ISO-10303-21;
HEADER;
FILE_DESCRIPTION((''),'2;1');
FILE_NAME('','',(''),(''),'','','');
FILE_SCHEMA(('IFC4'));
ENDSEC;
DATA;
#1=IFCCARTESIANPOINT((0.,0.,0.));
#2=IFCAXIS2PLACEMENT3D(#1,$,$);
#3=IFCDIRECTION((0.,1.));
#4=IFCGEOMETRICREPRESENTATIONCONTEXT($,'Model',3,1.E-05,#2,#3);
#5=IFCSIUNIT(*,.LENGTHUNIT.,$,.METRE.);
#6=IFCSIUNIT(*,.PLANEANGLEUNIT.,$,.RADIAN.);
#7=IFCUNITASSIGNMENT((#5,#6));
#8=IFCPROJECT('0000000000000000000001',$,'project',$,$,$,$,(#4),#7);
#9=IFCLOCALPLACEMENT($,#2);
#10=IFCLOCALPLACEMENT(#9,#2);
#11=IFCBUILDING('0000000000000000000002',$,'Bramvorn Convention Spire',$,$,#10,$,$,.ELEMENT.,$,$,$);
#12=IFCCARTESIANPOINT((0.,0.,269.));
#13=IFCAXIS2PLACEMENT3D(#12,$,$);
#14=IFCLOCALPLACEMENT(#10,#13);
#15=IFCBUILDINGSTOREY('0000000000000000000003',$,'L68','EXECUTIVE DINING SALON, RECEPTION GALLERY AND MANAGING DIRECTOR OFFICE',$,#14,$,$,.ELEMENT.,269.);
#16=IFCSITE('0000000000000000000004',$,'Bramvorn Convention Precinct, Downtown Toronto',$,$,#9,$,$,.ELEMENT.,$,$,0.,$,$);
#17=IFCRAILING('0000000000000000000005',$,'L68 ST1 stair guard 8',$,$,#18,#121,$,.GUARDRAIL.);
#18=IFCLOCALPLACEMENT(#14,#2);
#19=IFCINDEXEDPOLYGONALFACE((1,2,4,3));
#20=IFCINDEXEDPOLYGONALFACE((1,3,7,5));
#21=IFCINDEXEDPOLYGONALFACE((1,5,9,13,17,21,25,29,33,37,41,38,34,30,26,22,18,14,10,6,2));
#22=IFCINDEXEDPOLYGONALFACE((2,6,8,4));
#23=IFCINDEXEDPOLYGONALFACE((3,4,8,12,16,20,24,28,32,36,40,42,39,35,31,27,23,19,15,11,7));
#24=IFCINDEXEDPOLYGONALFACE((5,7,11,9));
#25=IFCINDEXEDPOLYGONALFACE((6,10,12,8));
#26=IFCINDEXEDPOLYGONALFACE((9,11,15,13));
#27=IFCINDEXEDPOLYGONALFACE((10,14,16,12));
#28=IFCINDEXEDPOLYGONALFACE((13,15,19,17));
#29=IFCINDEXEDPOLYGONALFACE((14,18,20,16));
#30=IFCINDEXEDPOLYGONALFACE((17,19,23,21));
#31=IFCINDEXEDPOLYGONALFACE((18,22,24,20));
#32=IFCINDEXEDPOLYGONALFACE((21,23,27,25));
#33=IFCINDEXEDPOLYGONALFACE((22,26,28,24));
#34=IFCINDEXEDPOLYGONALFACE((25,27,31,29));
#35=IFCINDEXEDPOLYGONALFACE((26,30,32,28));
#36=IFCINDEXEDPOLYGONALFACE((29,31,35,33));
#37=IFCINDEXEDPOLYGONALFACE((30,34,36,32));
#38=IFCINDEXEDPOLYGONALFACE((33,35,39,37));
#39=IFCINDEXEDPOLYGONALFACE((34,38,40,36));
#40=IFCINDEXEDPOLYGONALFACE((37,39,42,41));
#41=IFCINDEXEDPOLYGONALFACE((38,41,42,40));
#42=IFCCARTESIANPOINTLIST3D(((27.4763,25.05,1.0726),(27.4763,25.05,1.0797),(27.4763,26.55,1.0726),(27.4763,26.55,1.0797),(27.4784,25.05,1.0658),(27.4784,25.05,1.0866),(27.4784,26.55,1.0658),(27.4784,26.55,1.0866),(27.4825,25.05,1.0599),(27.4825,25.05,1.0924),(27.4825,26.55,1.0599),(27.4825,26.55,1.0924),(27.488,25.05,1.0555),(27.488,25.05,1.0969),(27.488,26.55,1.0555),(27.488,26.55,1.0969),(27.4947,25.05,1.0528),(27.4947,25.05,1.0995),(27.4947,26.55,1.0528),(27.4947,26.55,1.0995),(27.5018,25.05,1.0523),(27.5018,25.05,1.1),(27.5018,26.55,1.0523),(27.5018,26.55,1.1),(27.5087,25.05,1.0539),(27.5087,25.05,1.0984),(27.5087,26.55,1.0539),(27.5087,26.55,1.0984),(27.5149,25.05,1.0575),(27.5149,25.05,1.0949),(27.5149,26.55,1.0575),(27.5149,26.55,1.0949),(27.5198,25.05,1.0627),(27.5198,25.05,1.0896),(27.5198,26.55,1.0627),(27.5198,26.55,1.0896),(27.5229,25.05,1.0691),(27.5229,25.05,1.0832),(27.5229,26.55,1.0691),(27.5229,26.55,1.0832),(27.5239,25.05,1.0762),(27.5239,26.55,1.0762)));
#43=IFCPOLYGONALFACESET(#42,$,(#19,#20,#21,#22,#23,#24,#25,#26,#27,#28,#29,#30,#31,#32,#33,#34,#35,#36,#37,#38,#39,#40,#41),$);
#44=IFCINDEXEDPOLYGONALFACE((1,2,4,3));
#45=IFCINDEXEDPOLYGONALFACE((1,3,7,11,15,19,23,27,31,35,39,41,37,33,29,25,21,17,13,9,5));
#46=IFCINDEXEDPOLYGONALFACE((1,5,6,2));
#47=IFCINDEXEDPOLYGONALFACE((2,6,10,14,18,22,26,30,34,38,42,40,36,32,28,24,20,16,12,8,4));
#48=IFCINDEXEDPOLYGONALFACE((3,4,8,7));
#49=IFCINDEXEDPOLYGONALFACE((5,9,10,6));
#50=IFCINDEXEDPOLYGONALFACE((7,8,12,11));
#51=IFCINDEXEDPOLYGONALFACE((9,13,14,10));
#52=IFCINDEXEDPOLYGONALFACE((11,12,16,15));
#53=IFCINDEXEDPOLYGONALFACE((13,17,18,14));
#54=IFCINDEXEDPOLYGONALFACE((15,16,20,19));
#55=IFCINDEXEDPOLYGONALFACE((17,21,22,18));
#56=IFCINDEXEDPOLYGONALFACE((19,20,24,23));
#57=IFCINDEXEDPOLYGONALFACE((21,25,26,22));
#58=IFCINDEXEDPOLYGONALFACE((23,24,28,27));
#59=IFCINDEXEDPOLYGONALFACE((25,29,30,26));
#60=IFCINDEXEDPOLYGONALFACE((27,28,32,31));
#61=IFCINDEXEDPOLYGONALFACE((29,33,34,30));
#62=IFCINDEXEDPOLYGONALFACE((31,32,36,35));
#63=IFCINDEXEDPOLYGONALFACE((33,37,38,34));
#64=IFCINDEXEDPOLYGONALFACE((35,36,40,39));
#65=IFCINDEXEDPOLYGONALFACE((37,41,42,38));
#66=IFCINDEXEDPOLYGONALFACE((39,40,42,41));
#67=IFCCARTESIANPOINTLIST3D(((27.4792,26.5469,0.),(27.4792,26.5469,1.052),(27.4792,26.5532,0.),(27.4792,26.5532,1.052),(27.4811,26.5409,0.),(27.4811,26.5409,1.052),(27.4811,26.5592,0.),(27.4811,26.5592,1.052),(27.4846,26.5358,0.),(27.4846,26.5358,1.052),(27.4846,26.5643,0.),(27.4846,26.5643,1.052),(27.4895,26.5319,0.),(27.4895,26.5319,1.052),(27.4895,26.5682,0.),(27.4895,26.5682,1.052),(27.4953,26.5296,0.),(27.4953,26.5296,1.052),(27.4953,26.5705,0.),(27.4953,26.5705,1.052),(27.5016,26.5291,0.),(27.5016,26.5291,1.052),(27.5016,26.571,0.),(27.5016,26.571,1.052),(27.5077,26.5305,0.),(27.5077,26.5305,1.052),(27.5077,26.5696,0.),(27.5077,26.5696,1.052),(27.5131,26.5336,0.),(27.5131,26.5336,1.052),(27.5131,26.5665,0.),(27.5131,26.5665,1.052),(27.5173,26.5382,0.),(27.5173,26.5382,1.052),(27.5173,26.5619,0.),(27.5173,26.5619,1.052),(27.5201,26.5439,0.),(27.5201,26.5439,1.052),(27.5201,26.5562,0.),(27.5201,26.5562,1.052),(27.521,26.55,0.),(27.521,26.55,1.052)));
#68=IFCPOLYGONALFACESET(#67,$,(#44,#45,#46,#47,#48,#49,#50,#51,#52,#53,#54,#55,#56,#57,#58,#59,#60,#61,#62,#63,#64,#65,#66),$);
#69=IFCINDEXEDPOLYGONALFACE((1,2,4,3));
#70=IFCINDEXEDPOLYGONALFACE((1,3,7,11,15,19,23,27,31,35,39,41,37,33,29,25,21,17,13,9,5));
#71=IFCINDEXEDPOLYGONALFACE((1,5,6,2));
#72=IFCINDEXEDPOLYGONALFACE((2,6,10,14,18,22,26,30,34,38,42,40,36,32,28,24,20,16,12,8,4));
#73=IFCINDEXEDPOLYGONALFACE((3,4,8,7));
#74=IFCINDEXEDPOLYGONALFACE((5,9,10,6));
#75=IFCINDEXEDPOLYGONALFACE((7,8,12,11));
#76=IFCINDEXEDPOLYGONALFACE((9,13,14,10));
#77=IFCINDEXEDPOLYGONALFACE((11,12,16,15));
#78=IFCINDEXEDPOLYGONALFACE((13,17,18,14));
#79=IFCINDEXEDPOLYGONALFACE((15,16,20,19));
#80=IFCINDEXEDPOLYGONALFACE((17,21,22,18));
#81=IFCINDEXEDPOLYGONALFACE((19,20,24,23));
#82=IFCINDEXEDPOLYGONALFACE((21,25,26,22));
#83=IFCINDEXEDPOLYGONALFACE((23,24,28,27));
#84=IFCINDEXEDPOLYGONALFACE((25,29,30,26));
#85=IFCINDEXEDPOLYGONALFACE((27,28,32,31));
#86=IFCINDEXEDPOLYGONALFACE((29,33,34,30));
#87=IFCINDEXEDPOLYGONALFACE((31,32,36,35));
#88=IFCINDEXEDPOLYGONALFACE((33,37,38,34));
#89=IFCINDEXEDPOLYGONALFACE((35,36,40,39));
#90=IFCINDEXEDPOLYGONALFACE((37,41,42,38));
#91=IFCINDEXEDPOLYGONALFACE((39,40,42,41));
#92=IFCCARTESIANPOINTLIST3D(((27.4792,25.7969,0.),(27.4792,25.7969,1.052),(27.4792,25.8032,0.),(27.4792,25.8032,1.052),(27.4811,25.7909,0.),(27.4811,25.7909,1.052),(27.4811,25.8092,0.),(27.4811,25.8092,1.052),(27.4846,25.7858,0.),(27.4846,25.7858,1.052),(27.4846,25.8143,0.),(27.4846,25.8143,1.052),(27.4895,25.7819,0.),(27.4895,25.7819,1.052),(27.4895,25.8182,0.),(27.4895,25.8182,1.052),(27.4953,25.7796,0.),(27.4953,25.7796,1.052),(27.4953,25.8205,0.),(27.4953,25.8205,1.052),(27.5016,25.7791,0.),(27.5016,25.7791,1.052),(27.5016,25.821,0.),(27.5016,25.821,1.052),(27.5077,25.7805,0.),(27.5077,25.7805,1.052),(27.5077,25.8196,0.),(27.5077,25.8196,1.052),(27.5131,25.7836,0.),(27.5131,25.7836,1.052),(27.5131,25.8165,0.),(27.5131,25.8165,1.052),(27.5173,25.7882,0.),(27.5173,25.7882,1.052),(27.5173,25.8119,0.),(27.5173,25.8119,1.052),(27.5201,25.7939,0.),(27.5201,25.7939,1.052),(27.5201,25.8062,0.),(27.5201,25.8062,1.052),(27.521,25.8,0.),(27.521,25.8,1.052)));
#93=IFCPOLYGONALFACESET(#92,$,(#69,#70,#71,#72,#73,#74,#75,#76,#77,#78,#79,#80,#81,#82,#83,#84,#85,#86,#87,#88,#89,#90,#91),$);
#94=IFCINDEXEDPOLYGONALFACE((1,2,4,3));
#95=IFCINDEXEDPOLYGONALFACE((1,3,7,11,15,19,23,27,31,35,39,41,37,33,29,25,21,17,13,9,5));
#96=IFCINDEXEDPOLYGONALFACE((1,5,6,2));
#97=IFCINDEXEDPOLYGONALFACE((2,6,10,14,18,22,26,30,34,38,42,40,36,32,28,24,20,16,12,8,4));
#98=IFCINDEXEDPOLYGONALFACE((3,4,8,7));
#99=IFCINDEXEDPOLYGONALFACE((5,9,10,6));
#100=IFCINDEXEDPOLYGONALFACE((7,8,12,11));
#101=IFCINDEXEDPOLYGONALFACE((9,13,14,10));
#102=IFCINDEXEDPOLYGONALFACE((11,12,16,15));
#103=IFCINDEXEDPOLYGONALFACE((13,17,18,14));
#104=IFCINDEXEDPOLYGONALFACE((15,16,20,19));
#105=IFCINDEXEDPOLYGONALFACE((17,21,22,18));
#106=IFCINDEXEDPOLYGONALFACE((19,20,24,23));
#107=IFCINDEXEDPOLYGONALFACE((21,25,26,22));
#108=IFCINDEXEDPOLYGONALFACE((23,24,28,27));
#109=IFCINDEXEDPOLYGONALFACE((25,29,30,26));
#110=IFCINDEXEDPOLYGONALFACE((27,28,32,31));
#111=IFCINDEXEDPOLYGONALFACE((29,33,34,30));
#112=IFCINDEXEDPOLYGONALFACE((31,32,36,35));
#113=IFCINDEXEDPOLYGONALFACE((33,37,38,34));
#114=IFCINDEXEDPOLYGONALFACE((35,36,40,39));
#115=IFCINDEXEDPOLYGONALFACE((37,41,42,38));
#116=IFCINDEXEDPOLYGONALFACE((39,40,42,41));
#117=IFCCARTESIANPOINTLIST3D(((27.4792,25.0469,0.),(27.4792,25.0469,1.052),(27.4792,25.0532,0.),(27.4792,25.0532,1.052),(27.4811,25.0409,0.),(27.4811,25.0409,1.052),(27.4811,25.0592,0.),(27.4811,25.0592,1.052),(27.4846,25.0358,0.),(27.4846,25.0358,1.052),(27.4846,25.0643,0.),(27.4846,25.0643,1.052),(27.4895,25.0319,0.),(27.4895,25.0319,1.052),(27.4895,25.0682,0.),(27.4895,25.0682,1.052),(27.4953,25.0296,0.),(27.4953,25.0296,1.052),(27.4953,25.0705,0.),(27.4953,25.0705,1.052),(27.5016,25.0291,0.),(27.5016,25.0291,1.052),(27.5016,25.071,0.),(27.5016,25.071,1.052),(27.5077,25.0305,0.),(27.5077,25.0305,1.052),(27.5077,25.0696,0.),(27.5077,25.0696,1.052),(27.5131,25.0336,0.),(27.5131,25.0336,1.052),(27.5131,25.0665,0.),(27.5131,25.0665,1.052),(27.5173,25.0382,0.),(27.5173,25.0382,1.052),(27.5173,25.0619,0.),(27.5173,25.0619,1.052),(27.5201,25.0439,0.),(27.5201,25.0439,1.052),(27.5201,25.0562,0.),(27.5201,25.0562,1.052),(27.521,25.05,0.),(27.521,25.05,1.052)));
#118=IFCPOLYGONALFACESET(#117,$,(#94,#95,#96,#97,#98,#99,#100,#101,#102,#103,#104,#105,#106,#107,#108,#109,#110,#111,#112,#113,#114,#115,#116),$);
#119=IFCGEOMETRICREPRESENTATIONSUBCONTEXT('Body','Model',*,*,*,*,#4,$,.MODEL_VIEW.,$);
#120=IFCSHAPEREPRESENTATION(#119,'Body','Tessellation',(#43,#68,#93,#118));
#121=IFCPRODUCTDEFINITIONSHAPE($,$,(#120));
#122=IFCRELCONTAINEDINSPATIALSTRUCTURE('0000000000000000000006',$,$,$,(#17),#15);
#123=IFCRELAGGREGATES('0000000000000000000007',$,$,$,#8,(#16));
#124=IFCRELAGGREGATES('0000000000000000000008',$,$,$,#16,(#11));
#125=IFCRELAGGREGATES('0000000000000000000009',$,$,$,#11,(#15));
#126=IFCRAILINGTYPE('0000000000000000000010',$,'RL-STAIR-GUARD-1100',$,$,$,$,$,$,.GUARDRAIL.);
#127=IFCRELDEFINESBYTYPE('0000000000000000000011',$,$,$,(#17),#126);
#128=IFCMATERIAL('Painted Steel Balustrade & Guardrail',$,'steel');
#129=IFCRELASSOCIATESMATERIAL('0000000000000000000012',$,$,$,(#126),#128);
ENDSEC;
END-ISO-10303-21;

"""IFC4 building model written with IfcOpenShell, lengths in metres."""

from ifc_helpers import new_model, si_unit, direction, frame, origin, origin_2d, place, context, subcontext, project, spatial, circle, extrude, material, type_object, element, save


model = new_model("IFC4")

# Units and contexts
model_context = context("Model", 3, precision=1e-05, world=origin(), true_north=direction((0.0, 1.0)))
body_context = subcontext(model_context, "Body", "Model", "MODEL_VIEW")
ifc_project = project(units=[si_unit("LENGTHUNIT", "METRE"), si_unit("PLANEANGLEUNIT", "RADIAN")], contexts=[model_context])

# Site, building, storey
site_placement = place(None, origin())
site = spatial("IfcSite", under=ifc_project, at=site_placement, Name="Bramvorn Convention Precinct, Downtown Toronto", CompositionType="ELEMENT", RefElevation=0.0)
building_placement = place(site_placement, origin())
building = spatial("IfcBuilding", under=site, at=building_placement, Name="Bramvorn Convention Spire", CompositionType="ELEMENT")
storey_placement = place(building_placement, frame((0.0, 0.0, 269.0)))
storey = spatial("IfcBuildingStorey", under=building, at=storey_placement, Name="L68", Description="EXECUTIVE DINING SALON, RECEPTION GALLERY AND MANAGING DIRECTOR OFFICE", CompositionType="ELEMENT", Elevation=269.0)

# Railing
ifc_material_1 = material(Name="Painted Steel Balustrade & Guardrail", Category="steel")
railing_type = type_object("IfcRailingType", Name="RL-STAIR-GUARD-1100", PredefinedType="GUARDRAIL", material=ifc_material_1)
railing_1_placement = place(storey_placement, frame((27.5, 26.55, 0.0)))
element("IfcRailing", 1, at=railing_1_placement, inside=storey, type_object=railing_type, Name="L68 ST1 stair guard 8", PredefinedType="GUARDRAIL", context=body_context, shape_type="SweptSolid", body=[
    extrude(circle(Radius=0.0239, at=origin_2d()), frame((0.0, 0.0, 1.0762), z_axis=(0.0, -1.0, 0.0), x_axis=(1.0, 0.0, 0.0)), (0.0, 0.0, 1.0), 1.5),
    extrude(circle(Radius=0.021, at=origin_2d()), origin(), (0.0, 0.0, 1.0), 1.052),
    extrude(circle(Radius=0.021, at=origin_2d()), frame((0.0, -0.75, 0.0)), (0.0, 0.0, 1.0), 1.052),
    extrude(circle(Radius=0.021, at=origin_2d()), frame((0.0, -1.5, 0.0)), (0.0, 0.0, 1.0), 1.052),
])

save(model, "model.ifc")
